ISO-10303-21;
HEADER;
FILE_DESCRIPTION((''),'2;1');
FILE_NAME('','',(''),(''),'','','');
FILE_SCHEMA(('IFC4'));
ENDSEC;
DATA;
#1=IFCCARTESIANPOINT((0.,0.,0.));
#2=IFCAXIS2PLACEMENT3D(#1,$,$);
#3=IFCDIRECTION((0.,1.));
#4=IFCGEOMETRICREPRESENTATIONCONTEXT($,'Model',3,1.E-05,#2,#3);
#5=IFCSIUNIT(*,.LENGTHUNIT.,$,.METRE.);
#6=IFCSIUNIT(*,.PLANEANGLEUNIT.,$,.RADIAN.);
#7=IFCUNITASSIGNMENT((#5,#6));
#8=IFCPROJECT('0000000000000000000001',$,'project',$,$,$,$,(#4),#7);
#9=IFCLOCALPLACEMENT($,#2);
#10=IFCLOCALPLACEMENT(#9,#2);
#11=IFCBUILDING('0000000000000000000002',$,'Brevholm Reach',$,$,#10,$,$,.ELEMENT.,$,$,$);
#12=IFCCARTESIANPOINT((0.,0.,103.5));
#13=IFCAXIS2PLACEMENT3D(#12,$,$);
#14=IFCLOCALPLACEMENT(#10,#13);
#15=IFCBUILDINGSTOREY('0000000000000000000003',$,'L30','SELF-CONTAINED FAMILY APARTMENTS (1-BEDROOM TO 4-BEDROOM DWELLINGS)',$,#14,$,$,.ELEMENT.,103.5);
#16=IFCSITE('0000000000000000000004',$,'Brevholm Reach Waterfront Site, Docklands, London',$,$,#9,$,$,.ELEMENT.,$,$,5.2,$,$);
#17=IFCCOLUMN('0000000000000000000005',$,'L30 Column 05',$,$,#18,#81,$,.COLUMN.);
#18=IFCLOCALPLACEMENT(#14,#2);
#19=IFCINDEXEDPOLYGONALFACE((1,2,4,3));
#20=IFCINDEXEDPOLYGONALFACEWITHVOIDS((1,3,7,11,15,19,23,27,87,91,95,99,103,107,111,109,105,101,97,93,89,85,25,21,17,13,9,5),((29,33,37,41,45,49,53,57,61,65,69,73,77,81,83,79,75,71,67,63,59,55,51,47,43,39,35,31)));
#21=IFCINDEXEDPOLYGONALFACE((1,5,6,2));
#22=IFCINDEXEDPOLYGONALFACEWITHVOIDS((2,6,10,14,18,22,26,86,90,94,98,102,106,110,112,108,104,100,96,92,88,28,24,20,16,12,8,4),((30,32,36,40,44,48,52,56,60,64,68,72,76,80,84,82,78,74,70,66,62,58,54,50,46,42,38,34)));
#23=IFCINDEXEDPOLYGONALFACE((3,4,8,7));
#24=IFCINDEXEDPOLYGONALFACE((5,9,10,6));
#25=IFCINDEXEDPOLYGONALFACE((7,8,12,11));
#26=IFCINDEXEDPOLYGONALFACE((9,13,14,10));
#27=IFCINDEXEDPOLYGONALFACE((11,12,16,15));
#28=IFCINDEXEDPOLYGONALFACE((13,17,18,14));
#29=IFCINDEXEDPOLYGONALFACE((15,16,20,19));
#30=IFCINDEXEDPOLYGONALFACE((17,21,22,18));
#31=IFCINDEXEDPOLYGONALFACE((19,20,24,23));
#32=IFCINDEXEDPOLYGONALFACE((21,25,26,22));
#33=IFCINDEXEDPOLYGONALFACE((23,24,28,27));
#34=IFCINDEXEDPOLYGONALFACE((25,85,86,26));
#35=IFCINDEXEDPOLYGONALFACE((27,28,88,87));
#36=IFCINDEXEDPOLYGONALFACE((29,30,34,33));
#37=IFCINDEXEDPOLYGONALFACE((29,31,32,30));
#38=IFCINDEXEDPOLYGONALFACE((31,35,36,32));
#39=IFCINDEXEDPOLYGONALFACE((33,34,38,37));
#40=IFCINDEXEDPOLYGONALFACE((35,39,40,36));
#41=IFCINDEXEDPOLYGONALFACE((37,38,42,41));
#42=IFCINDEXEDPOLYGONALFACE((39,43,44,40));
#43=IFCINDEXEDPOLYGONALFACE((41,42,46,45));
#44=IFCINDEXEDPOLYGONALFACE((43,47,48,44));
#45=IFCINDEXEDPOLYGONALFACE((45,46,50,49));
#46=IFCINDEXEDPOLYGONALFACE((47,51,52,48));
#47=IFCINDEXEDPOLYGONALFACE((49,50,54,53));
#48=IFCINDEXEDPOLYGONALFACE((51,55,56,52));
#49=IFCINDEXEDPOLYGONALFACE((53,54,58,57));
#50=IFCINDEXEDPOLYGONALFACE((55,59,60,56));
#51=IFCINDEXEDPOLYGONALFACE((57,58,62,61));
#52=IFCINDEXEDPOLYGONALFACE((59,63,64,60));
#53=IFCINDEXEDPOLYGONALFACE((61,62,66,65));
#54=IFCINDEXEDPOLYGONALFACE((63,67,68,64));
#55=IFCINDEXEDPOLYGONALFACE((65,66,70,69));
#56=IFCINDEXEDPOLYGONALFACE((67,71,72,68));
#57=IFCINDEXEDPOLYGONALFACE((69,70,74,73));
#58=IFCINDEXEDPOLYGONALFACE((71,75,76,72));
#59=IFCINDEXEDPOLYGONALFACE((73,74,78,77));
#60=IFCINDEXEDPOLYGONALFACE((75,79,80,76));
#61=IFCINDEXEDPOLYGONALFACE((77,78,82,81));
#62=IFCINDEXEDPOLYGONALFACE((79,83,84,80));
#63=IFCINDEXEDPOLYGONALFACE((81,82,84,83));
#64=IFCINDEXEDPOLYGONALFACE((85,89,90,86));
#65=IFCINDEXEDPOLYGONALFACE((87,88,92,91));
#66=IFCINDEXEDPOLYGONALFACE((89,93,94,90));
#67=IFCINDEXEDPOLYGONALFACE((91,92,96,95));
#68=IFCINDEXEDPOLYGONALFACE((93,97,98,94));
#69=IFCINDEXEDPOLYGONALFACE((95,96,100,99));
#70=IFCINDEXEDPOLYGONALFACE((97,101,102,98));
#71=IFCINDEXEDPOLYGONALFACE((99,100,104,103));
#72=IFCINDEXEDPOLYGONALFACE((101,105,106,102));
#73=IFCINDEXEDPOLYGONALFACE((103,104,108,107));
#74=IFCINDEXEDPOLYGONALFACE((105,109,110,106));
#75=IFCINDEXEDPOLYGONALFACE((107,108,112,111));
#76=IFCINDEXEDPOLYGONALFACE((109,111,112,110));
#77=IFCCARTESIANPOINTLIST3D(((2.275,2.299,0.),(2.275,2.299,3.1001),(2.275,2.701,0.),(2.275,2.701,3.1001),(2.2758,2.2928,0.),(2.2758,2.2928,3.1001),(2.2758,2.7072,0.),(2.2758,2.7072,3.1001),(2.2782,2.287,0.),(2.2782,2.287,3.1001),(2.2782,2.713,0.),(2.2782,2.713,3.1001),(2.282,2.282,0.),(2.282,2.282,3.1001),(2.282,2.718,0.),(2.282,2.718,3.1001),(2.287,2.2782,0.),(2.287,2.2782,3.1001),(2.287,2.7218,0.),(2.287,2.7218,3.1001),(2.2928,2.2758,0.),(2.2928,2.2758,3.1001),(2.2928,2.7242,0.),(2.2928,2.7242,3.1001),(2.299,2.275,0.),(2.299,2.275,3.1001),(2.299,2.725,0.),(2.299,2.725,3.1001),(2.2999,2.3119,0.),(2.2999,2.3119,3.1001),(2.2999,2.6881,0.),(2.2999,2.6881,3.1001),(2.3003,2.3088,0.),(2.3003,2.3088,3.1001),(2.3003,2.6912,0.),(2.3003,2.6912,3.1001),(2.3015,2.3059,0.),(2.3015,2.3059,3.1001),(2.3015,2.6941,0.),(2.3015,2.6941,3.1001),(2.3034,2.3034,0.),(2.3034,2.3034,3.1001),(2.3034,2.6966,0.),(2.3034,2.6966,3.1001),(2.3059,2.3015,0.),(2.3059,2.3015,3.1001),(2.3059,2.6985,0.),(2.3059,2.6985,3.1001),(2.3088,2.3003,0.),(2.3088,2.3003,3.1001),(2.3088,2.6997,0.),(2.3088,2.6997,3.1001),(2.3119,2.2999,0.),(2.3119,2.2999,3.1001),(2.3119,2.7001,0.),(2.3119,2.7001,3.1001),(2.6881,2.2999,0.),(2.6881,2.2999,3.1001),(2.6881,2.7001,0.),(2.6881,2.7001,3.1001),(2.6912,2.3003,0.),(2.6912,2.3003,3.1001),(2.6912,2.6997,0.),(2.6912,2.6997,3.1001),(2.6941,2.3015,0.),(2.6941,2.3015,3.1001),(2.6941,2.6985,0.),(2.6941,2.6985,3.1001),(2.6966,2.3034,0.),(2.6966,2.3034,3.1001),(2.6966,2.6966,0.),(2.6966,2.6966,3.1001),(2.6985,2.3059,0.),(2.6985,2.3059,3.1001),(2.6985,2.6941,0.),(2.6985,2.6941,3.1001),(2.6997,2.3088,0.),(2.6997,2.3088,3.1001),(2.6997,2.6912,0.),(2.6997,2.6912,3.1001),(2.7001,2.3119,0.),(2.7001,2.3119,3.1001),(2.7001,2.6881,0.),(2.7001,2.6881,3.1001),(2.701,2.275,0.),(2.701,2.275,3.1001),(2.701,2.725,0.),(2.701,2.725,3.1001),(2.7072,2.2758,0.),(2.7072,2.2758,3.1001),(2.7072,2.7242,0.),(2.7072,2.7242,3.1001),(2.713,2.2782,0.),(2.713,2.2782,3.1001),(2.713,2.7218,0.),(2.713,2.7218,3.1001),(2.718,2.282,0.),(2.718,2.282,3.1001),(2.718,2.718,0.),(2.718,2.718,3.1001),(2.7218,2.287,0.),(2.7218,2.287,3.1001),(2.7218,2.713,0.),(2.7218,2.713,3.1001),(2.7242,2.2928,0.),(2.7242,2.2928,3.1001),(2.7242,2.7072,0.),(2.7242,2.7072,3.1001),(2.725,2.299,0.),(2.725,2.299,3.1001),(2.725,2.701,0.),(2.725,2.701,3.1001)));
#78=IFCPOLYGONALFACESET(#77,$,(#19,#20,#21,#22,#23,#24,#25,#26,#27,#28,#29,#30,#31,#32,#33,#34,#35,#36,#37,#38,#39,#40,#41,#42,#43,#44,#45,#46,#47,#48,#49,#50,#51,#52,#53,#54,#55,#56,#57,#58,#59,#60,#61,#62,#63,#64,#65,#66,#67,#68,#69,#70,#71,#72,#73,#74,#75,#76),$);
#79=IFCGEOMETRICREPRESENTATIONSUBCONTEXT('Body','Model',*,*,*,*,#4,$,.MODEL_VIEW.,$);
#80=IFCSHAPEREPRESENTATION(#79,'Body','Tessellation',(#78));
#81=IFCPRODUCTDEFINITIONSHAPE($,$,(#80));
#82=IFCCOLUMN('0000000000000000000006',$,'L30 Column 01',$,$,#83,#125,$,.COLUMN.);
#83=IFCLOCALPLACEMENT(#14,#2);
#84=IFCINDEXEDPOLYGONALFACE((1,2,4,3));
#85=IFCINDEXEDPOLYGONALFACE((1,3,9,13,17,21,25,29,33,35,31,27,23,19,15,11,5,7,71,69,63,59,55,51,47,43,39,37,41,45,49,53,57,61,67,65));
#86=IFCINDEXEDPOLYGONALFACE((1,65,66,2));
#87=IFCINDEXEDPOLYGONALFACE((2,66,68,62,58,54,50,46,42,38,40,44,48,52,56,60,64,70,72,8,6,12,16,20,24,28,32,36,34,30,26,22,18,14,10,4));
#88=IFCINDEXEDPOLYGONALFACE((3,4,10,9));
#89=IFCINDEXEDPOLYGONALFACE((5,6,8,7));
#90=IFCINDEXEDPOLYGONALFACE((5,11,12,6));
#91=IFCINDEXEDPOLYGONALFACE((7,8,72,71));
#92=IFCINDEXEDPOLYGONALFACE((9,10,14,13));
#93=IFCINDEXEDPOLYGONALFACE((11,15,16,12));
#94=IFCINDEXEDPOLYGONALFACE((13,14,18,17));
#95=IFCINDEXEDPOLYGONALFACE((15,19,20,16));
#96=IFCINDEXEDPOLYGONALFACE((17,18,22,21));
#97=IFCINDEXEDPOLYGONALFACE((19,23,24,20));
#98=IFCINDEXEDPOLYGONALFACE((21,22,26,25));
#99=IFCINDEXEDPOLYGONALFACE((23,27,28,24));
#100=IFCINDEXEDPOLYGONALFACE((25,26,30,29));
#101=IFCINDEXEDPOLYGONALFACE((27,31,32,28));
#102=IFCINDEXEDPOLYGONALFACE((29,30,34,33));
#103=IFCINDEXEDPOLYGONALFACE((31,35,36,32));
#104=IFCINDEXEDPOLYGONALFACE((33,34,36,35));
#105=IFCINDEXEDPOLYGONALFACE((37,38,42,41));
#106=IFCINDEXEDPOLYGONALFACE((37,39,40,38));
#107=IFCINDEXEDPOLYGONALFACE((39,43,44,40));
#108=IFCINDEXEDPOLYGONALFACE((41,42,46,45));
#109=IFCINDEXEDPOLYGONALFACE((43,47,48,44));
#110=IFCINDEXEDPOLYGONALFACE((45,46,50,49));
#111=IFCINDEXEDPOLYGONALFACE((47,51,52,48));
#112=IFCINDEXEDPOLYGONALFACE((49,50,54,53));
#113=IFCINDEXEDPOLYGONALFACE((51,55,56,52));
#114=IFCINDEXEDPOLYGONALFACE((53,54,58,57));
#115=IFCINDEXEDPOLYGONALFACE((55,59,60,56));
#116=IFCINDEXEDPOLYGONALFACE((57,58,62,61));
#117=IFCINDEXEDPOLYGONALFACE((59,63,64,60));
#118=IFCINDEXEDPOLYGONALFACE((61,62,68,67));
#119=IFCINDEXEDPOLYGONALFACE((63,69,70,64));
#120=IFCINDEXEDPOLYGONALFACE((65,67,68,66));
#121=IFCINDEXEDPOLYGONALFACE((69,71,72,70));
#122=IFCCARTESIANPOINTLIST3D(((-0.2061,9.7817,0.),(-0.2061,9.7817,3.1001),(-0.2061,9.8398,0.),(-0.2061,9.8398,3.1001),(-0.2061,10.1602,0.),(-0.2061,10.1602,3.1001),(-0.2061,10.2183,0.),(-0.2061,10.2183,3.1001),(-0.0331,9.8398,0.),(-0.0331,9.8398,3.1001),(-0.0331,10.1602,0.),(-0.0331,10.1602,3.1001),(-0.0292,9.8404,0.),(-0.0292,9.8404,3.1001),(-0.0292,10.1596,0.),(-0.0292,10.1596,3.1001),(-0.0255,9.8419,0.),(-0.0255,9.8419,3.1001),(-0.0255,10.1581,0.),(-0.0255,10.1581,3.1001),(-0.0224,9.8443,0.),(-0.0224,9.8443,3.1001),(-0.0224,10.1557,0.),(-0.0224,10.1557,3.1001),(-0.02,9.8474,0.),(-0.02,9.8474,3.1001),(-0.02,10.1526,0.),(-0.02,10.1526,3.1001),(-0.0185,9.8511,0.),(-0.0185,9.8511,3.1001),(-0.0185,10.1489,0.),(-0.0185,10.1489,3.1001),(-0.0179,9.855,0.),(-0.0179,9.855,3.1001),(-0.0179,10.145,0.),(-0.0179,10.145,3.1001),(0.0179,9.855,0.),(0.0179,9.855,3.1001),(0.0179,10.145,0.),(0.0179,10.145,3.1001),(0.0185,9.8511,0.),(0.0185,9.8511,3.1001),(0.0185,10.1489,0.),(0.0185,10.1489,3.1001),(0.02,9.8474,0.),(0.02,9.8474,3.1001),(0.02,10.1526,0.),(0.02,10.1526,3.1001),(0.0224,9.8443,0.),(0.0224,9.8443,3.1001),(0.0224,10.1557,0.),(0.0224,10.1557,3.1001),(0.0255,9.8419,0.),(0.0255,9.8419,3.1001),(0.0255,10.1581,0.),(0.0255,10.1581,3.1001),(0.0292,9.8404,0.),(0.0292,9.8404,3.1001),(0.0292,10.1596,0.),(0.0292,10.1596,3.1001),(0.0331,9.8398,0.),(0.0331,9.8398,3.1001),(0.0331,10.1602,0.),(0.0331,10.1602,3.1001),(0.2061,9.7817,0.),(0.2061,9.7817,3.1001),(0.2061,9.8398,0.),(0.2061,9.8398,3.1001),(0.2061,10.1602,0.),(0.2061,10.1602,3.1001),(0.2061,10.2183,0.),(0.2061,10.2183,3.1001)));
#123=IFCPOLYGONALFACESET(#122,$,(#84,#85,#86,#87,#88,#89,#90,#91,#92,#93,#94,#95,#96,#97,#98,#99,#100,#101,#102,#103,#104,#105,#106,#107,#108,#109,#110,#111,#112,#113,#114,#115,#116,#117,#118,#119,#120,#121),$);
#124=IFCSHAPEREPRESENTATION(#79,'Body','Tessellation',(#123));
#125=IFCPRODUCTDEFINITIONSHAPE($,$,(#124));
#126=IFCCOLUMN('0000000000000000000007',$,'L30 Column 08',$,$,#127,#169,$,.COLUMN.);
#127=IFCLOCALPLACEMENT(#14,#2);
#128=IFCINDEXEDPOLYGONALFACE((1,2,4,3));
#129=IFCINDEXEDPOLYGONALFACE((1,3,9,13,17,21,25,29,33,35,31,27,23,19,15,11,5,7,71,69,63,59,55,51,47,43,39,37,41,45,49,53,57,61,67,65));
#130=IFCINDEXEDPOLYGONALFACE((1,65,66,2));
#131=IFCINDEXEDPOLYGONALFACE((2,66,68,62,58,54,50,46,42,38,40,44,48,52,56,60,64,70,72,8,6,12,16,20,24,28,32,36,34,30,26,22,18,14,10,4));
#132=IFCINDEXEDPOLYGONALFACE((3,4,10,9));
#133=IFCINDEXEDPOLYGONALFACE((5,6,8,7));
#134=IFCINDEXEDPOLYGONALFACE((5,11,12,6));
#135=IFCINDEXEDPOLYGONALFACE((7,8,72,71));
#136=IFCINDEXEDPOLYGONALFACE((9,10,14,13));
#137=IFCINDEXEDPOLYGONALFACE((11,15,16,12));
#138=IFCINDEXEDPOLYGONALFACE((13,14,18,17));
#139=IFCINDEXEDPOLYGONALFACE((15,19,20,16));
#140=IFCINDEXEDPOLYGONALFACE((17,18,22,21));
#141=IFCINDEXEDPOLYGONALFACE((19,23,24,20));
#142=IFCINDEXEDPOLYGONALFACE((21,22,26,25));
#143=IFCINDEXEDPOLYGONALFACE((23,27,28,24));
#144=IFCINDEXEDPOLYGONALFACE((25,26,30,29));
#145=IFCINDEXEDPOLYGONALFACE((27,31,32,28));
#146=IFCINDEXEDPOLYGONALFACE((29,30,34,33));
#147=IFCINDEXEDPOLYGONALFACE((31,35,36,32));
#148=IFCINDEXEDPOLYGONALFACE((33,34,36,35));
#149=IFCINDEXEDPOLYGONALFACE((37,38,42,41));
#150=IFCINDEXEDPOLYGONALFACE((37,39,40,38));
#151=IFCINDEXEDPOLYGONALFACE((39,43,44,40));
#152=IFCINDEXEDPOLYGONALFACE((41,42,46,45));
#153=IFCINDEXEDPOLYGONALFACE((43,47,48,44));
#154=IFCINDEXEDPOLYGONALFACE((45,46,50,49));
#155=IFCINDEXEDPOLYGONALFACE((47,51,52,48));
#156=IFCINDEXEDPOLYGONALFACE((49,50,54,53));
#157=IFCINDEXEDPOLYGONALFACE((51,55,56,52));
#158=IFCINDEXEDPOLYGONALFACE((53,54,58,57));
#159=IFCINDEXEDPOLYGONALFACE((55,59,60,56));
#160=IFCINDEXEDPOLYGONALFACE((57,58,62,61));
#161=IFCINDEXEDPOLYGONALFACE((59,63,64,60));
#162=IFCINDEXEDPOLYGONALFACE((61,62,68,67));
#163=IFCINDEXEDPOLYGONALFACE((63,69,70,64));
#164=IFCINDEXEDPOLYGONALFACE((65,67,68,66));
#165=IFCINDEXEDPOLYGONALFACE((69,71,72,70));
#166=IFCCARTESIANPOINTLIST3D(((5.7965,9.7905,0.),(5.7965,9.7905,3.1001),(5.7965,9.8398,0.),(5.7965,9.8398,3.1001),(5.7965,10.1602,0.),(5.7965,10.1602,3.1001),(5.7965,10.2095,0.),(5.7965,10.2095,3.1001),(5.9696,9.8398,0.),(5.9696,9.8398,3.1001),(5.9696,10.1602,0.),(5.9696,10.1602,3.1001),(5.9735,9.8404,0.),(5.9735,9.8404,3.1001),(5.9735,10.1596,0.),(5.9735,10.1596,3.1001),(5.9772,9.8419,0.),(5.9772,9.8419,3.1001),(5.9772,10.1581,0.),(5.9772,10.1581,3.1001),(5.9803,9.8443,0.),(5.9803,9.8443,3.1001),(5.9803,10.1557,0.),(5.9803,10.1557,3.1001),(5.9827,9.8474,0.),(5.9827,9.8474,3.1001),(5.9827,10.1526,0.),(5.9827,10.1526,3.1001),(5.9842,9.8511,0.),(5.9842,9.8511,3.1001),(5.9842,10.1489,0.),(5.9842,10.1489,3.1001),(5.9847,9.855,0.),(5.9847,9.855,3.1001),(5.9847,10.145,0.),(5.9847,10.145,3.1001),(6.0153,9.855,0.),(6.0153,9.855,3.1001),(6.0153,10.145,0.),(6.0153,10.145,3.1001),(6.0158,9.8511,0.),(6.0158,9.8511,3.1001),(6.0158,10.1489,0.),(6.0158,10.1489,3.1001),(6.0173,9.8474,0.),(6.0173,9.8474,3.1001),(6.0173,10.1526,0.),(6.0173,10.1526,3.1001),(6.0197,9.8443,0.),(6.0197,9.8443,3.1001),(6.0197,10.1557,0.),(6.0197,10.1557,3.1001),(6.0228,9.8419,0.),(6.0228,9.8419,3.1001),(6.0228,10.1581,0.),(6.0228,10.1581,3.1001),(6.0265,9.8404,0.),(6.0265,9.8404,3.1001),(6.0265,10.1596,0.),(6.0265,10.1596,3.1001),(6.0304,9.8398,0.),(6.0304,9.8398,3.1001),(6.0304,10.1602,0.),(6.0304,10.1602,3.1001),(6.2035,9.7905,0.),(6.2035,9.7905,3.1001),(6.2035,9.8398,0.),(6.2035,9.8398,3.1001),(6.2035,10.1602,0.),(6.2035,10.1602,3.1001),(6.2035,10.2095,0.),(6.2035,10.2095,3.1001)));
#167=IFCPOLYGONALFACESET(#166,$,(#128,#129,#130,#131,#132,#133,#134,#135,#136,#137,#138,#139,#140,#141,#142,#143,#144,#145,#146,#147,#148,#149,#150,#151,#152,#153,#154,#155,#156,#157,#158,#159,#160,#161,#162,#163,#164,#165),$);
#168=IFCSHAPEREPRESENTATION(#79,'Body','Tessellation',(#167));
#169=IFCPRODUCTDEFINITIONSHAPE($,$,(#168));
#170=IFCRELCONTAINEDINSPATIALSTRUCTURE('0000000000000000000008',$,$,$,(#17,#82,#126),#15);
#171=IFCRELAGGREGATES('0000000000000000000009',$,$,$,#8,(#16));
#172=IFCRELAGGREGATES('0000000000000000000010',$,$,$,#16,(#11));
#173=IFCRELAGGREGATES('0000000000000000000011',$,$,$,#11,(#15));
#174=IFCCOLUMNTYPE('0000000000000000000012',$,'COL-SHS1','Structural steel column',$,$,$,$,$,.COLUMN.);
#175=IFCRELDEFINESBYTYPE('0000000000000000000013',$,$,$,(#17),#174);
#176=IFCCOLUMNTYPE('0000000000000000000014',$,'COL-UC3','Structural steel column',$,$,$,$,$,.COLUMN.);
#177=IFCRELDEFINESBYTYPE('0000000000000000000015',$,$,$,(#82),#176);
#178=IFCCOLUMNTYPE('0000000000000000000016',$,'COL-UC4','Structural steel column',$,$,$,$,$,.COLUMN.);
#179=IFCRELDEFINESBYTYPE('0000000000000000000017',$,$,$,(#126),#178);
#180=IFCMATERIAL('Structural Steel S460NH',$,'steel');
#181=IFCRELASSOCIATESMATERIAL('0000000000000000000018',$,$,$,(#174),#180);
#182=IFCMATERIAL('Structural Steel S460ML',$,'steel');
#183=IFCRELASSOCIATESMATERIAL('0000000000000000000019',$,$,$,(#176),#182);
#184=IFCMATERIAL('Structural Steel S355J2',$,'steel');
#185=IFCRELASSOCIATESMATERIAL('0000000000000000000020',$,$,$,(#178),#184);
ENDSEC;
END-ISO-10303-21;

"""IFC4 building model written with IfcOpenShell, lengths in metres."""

from ifc_helpers import new_model, si_unit, direction, frame, origin, origin_2d, place, context, subcontext, project, spatial, hollow_rectangle, i_section, extrude, material, material_profile, profile_set, type_object, element, save


model = new_model("IFC4")

# Units and contexts
model_context = context("Model", 3, precision=1e-05, world=origin(), true_north=direction((0.0, 1.0)))
body_context = subcontext(model_context, "Body", "Model", "MODEL_VIEW")
ifc_project = project(units=[si_unit("LENGTHUNIT", "METRE"), si_unit("PLANEANGLEUNIT", "RADIAN")], contexts=[model_context])

# Site, building, storey
site_placement = place(None, origin())
site = spatial("IfcSite", under=ifc_project, at=site_placement, Name="Brevholm Reach Waterfront Site, Docklands, London", CompositionType="ELEMENT", RefElevation=5.2)
building_placement = place(site_placement, origin())
building = spatial("IfcBuilding", under=site, at=building_placement, Name="Brevholm Reach", CompositionType="ELEMENT")
storey_placement = place(building_placement, frame((0.0, 0.0, 103.5)))
storey = spatial("IfcBuildingStorey", under=building, at=storey_placement, Name="L30", Description="SELF-CONTAINED FAMILY APARTMENTS (1-BEDROOM TO 4-BEDROOM DWELLINGS)", CompositionType="ELEMENT", Elevation=103.5)

# Columns
ifc_material_1 = material(Name="Structural Steel S460NH", Category="steel")
ifc_material_profile_1 = material_profile(ifc_material_1, hollow_rectangle(XDim=0.45, YDim=0.45, WallThickness=0.0249, InnerFilletRadius=0.012, OuterFilletRadius=0.0239, at=origin_2d()), Name="SHS 450x450x25")
ifc_profile_set_1 = profile_set([ifc_material_profile_1], Name="Structural Steel S460NH")
column_type_1 = type_object("IfcColumnType", Name="COL-SHS1", Description="Structural steel column", PredefinedType="COLUMN", material=ifc_profile_set_1)
column_1_placement = place(storey_placement, frame((2.5, 2.5, 0.0), z_axis=(0.0, 0.0, 1.0), x_axis=(1.0, 0.0, 0.0)))
element("IfcColumn", 1, at=column_1_placement, inside=storey, type_object=column_type_1, Name="L30 Column 05", PredefinedType="COLUMN", context=body_context, shape_type="SweptSolid", body=[
    extrude(hollow_rectangle(XDim=0.45, YDim=0.45, WallThickness=0.0249, InnerFilletRadius=0.012, OuterFilletRadius=0.0239, at=origin_2d()), origin(), (0.0, 0.0, 1.0), 3.1001),
])
ifc_material_2 = material(Name="Structural Steel S460ML", Category="steel")
ifc_material_profile_2 = material_profile(ifc_material_2, i_section(OverallWidth=0.4121, OverallDepth=0.4365, WebThickness=0.0359, FlangeThickness=0.0581, FilletRadius=0.0151, at=origin_2d()), Name="UKC 356x406x467")
ifc_profile_set_2 = profile_set([ifc_material_profile_2], Name="Structural Steel S460ML")
column_type_2 = type_object("IfcColumnType", Name="COL-UC3", Description="Structural steel column", PredefinedType="COLUMN", material=ifc_profile_set_2)
column_2_placement = place(storey_placement, frame((0.0, 10.0, 0.0), z_axis=(0.0, 0.0, 1.0), x_axis=(1.0, 0.0, 0.0)))
element("IfcColumn", 2, at=column_2_placement, inside=storey, type_object=column_type_2, Name="L30 Column 01", PredefinedType="COLUMN", context=body_context, shape_type="SweptSolid", body=[
    extrude(i_section(OverallWidth=0.4121, OverallDepth=0.4365, WebThickness=0.0359, FlangeThickness=0.0581, FilletRadius=0.0151, at=origin_2d()), origin(), (0.0, 0.0, 1.0), 3.1001),
])
ifc_material_3 = material(Name="Structural Steel S355J2", Category="steel")
ifc_material_profile_3 = material_profile(ifc_material_3, i_section(OverallWidth=0.407, OverallDepth=0.4189, WebThickness=0.0305, FlangeThickness=0.0493, FilletRadius=0.0151, at=origin_2d()), Name="UKC 356x406x393")
ifc_profile_set_3 = profile_set([ifc_material_profile_3], Name="Structural Steel S355J2")
column_type_3 = type_object("IfcColumnType", Name="COL-UC4", Description="Structural steel column", PredefinedType="COLUMN", material=ifc_profile_set_3)
column_3_placement = place(storey_placement, frame((6.0, 10.0, 0.0), z_axis=(0.0, 0.0, 1.0), x_axis=(1.0, 0.0, 0.0)))
element("IfcColumn", 3, at=column_3_placement, inside=storey, type_object=column_type_3, Name="L30 Column 08", PredefinedType="COLUMN", context=body_context, shape_type="SweptSolid", body=[
    extrude(i_section(OverallWidth=0.407, OverallDepth=0.4189, WebThickness=0.0305, FlangeThickness=0.0493, FilletRadius=0.0151, at=origin_2d()), origin(), (0.0, 0.0, 1.0), 3.1001),
])

save(model, "model.ifc")
